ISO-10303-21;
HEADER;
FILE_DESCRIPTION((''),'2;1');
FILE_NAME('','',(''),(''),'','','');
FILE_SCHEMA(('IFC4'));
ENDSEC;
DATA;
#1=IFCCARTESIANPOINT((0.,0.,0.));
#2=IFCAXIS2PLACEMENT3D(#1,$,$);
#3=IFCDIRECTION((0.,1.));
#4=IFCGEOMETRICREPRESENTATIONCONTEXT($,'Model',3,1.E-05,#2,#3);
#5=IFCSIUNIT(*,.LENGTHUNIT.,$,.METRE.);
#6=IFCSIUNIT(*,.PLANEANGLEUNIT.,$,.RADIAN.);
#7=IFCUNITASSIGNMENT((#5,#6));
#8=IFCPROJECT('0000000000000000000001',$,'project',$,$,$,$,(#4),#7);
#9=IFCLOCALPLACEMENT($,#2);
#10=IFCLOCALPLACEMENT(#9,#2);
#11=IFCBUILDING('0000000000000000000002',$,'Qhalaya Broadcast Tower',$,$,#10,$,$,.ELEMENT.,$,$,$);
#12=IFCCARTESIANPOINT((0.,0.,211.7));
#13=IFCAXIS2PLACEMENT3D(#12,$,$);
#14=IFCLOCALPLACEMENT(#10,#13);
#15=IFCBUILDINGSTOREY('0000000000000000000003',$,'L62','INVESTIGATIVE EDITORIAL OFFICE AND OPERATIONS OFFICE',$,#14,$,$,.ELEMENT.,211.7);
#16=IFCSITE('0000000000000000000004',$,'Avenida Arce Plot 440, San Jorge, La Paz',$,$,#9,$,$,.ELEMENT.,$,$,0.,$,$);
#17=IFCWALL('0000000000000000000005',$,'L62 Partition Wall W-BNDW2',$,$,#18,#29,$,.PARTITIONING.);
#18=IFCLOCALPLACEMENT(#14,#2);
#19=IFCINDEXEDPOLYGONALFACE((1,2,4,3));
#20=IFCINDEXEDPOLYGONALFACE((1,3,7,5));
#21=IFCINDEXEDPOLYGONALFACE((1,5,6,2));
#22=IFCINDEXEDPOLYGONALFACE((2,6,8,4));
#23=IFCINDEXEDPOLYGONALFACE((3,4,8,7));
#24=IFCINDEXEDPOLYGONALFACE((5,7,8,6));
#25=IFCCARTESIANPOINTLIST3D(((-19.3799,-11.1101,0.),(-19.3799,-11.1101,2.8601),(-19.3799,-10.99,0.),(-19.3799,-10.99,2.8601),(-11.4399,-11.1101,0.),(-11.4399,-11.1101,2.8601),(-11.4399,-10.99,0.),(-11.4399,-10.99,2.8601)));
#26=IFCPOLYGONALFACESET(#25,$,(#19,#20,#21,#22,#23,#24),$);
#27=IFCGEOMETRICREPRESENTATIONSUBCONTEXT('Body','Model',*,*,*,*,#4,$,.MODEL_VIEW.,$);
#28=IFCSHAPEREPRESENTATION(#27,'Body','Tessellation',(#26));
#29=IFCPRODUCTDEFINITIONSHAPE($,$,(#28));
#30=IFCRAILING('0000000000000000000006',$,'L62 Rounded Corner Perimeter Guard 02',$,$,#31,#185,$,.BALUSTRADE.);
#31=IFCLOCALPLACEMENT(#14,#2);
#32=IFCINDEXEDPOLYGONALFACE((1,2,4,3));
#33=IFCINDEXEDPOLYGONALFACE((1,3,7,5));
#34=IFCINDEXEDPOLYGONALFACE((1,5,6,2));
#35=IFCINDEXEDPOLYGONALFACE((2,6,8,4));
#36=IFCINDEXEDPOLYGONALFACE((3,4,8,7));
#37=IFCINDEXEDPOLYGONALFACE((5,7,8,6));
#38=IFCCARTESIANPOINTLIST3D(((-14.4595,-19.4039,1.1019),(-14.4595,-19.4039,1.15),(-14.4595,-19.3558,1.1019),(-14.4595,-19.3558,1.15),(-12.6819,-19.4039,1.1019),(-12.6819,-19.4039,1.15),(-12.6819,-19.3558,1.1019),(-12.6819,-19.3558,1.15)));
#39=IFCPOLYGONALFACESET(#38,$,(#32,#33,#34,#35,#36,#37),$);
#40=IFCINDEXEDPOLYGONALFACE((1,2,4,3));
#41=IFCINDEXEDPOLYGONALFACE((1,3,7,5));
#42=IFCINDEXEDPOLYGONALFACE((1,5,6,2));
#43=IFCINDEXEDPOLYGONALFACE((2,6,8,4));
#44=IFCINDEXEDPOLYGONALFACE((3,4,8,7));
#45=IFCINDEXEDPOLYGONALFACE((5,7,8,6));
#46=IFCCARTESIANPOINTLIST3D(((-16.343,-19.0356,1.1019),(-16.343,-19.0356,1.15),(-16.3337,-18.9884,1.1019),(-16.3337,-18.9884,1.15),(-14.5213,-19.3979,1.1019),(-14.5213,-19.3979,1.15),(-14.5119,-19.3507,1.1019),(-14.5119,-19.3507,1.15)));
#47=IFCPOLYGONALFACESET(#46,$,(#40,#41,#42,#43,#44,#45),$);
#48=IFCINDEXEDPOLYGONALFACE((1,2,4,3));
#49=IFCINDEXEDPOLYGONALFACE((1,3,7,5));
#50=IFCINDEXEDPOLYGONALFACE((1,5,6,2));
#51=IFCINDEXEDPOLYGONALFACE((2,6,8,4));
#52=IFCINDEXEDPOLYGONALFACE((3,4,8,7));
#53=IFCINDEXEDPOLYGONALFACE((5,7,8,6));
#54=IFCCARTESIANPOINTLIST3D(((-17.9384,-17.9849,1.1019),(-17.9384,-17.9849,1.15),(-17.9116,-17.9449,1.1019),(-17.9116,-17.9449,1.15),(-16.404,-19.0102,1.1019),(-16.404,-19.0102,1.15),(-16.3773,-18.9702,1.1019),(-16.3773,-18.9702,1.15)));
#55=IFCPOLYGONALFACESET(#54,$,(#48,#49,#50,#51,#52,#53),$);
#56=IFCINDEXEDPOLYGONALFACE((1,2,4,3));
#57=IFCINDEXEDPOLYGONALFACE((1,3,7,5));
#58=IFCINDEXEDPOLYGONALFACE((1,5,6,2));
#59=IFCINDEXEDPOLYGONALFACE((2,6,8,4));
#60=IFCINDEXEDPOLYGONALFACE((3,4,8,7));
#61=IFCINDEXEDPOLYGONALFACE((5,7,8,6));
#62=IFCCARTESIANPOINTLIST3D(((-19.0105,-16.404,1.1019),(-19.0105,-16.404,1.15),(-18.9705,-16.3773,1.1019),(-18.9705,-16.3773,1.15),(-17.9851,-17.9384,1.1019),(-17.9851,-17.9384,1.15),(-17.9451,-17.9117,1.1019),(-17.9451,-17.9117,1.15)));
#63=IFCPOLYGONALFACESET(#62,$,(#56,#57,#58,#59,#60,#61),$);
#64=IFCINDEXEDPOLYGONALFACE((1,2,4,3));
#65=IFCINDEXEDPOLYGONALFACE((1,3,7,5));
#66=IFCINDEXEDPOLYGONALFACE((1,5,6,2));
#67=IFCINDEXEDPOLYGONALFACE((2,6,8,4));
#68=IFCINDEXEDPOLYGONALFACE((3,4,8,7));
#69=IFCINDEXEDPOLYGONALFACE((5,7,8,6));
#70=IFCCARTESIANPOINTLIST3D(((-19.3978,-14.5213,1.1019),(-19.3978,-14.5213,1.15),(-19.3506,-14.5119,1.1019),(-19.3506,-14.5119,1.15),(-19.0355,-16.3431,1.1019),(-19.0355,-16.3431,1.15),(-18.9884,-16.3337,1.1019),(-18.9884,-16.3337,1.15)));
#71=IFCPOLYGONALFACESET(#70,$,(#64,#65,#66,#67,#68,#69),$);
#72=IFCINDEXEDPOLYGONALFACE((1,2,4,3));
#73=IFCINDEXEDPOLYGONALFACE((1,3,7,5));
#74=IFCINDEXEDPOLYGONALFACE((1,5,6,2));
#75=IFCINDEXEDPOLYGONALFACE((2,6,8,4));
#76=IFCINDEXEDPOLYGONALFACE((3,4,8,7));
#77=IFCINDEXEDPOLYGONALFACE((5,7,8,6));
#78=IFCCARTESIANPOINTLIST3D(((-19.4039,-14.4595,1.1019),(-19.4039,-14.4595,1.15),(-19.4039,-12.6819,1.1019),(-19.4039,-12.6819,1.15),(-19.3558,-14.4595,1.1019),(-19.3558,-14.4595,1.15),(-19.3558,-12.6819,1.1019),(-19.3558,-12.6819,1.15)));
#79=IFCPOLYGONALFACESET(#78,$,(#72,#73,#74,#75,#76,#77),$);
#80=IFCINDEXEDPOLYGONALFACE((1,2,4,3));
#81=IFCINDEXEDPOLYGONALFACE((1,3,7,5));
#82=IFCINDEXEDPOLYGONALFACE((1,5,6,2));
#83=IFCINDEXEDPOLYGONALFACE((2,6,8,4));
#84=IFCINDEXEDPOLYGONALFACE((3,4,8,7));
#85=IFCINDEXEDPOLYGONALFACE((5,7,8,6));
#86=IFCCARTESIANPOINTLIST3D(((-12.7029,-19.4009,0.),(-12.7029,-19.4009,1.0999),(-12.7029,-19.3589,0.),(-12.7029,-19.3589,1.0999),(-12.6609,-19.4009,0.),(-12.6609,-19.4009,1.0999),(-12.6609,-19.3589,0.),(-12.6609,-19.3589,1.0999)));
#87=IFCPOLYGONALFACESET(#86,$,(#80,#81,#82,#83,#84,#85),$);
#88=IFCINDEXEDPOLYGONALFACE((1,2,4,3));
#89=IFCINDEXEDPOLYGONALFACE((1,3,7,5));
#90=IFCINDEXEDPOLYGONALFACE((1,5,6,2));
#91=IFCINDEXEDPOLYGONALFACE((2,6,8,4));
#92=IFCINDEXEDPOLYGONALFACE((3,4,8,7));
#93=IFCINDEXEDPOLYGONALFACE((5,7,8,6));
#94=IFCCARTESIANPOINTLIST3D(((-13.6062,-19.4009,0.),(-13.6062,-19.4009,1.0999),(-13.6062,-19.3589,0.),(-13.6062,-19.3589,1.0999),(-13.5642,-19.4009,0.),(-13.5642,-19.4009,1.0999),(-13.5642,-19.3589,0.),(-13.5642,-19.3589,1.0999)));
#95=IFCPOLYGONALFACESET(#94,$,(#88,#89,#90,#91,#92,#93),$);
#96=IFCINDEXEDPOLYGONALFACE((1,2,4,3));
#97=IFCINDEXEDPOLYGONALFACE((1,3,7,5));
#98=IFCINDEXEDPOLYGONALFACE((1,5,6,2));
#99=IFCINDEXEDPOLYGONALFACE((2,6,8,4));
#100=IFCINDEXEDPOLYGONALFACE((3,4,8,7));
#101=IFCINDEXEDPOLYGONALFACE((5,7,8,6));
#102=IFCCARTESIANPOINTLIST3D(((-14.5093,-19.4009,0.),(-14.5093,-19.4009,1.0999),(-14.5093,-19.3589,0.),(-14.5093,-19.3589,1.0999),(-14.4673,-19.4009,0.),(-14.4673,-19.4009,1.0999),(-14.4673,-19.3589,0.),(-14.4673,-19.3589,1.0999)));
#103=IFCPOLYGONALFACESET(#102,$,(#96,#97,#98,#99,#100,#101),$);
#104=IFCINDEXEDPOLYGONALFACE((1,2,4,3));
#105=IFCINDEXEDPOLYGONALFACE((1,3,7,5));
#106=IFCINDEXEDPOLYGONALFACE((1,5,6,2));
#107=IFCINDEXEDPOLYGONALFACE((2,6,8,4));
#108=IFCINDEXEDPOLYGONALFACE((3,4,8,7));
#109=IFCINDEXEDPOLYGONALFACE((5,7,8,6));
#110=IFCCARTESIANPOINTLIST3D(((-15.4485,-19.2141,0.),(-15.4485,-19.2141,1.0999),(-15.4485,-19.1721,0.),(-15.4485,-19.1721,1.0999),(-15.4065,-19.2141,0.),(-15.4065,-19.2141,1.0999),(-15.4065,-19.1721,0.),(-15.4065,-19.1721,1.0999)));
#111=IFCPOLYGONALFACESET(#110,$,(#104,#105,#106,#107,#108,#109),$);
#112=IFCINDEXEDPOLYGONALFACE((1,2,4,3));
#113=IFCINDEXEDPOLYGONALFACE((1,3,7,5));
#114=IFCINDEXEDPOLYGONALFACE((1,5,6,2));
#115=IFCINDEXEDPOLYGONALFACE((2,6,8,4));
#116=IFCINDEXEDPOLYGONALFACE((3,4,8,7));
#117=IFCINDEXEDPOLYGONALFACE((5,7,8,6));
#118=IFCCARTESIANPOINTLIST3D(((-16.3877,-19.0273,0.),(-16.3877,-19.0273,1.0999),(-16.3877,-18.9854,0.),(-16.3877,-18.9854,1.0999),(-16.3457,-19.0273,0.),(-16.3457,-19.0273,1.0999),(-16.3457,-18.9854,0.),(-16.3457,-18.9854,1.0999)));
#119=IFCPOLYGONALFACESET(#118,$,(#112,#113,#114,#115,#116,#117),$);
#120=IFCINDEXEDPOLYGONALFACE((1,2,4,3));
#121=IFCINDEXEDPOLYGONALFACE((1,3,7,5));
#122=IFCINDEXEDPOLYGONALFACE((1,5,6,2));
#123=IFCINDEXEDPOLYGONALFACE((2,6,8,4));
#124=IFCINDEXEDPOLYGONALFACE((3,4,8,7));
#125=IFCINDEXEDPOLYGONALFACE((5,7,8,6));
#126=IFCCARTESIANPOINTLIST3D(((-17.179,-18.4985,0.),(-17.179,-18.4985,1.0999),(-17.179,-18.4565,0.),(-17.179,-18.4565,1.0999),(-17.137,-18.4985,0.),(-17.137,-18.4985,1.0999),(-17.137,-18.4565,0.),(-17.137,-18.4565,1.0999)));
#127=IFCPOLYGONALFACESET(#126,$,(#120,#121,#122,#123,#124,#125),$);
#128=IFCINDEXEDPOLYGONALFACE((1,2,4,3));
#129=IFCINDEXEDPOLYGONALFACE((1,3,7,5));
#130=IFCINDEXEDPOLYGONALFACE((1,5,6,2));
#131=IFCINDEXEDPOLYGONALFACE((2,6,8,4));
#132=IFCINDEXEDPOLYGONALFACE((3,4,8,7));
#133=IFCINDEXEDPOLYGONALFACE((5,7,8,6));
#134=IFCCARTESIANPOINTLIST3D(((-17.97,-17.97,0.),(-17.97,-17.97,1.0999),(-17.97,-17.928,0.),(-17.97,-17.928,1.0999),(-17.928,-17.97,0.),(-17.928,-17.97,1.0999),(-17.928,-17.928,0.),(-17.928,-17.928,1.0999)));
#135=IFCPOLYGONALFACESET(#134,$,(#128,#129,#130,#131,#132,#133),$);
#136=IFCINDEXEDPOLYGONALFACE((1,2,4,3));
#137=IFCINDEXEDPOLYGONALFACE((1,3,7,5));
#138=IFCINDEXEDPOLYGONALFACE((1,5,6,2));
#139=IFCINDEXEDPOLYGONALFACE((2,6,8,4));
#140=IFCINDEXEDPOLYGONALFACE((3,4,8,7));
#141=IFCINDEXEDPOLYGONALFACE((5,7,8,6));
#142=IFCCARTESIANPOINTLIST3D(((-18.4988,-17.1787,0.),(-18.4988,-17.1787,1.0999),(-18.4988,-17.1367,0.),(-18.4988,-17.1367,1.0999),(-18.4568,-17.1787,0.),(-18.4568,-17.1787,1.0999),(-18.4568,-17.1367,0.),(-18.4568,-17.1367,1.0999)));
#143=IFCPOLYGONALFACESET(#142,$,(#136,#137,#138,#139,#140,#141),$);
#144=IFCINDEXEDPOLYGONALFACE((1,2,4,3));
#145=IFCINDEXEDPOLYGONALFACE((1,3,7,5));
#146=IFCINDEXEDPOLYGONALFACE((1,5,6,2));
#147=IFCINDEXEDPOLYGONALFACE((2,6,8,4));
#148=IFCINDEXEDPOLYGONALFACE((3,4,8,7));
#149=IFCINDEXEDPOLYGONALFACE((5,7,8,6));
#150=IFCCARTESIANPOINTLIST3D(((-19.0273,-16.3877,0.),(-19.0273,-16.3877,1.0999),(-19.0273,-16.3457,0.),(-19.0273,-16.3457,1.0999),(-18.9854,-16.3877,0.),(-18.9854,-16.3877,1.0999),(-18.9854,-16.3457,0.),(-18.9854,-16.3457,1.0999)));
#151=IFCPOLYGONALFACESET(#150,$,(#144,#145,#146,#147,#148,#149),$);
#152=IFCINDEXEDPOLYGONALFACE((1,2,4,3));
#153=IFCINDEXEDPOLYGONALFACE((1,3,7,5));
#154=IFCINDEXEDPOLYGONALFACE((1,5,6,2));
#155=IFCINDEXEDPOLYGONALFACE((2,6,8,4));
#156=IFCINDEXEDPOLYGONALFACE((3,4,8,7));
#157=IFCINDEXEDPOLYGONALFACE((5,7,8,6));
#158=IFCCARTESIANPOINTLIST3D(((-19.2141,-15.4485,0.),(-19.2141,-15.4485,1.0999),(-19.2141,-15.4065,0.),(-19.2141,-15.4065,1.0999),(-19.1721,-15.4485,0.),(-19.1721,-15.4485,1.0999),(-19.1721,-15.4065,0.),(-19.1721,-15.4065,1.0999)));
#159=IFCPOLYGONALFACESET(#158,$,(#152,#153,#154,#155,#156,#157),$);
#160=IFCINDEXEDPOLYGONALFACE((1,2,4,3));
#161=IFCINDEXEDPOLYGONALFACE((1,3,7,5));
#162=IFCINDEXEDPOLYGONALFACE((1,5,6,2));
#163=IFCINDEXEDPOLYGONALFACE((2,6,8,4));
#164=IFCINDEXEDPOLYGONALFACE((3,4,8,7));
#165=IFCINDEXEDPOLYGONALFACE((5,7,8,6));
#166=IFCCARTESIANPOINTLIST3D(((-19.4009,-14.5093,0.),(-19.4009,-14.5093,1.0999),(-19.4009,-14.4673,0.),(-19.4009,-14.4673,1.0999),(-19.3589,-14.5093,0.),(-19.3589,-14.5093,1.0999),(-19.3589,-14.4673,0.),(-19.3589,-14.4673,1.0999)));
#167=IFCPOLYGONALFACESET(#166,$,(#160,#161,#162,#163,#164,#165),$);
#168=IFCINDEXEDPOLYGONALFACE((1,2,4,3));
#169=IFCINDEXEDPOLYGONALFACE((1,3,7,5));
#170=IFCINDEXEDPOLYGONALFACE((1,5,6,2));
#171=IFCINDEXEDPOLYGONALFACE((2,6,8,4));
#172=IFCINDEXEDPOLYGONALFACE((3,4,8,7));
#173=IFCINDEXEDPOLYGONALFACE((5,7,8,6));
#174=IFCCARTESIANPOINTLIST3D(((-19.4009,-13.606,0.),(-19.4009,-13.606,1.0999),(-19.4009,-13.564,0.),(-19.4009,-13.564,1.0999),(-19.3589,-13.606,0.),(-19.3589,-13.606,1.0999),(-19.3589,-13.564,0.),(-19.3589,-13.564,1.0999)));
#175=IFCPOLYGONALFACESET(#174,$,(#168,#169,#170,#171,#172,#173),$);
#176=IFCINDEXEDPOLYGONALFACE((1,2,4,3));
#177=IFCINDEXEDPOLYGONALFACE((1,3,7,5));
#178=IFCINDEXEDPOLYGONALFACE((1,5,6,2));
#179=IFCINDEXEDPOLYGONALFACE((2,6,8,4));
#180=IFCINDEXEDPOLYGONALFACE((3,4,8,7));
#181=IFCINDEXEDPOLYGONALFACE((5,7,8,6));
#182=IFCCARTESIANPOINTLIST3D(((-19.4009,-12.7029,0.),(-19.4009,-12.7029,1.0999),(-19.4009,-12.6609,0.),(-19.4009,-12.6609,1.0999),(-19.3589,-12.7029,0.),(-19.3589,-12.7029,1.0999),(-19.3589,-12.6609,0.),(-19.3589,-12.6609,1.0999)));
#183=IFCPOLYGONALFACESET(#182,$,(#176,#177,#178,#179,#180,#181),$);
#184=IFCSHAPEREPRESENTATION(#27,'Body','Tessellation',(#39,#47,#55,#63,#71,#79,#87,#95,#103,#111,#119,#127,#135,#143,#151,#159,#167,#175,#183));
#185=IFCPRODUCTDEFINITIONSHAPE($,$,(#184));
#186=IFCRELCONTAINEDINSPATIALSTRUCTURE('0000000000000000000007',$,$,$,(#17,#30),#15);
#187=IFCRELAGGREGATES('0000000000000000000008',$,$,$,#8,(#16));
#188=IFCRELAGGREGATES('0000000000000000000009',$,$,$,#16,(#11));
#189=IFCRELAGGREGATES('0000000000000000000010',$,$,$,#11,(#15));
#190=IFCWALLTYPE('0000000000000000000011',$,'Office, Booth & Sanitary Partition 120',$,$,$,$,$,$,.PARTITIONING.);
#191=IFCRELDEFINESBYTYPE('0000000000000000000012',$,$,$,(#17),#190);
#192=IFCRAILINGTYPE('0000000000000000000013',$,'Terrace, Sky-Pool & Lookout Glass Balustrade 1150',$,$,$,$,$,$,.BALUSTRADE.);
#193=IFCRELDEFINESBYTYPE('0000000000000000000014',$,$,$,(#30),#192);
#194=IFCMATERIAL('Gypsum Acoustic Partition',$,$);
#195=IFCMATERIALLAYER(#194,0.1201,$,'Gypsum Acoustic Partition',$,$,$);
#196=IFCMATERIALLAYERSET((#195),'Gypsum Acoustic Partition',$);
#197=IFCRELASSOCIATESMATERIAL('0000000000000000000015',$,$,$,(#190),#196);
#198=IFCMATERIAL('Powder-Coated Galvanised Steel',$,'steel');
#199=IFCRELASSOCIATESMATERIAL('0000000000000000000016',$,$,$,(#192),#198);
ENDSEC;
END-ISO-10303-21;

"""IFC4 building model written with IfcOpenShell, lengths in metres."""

from ifc_helpers import new_model, si_unit, direction, frame, frame_2d, origin, origin_2d, place, context, subcontext, project, spatial, rectangle, extrude, material, layer, layer_set, type_object, element, save


model = new_model("IFC4")

# Units and contexts
model_context = context("Model", 3, precision=1e-05, world=origin(), true_north=direction((0.0, 1.0)))
body_context = subcontext(model_context, "Body", "Model", "MODEL_VIEW")
ifc_project = project(units=[si_unit("LENGTHUNIT", "METRE"), si_unit("PLANEANGLEUNIT", "RADIAN")], contexts=[model_context])

# Site, building, storey
site_placement = place(None, origin())
site = spatial("IfcSite", under=ifc_project, at=site_placement, Name="Avenida Arce Plot 440, San Jorge, La Paz", CompositionType="ELEMENT", RefElevation=0.0)
building_placement = place(site_placement, origin())
building = spatial("IfcBuilding", under=site, at=building_placement, Name="Qhalaya Broadcast Tower", CompositionType="ELEMENT")
storey_placement = place(building_placement, frame((0.0, 0.0, 211.7)))
storey = spatial("IfcBuildingStorey", under=building, at=storey_placement, Name="L62", Description="INVESTIGATIVE EDITORIAL OFFICE AND OPERATIONS OFFICE", CompositionType="ELEMENT", Elevation=211.7)

# Shared definitions
ifc_material_1 = material(Name="Gypsum Acoustic Partition")

# Wall
ifc_layer_1 = layer(ifc_material_1, 0.1201, Name="Gypsum Acoustic Partition")
ifc_layer_set_1 = layer_set([ifc_layer_1], Name="Gypsum Acoustic Partition")
wall_type_1 = type_object("IfcWallType", Name="Office, Booth & Sanitary Partition 120", PredefinedType="PARTITIONING", material=ifc_layer_set_1)
wall_1_placement = place(storey_placement, frame((-19.3799, -11.05, 0.0), z_axis=(0.0, 0.0, 1.0), x_axis=(1.0, 0.0, 0.0)))
element("IfcWall", 1, at=wall_1_placement, inside=storey, type_object=wall_type_1, Name="L62 Partition Wall W-BNDW2", PredefinedType="PARTITIONING", context=body_context, shape_type="SweptSolid", body=[
    extrude(rectangle(XDim=7.9399, YDim=0.1201, at=frame_2d((3.97, 0.0))), origin(), (0.0, 0.0, 1.0), 2.8601),
])

# Railing
ifc_material_2 = material(Name="Powder-Coated Galvanised Steel", Category="steel")
railing_type = type_object("IfcRailingType", Name="Terrace, Sky-Pool & Lookout Glass Balustrade 1150", PredefinedType="BALUSTRADE", material=ifc_material_2)
railing_placement = place(storey_placement, frame((-12.6819, -19.3799, 0.0)))
element("IfcRailing", 2, at=railing_placement, inside=storey, type_object=railing_type, Name="L62 Rounded Corner Perimeter Guard 02", PredefinedType="BALUSTRADE", context=body_context, shape_type="SweptSolid", body=[
    extrude(rectangle(XDim=0.0481, YDim=0.0481, at=origin_2d()), frame((0.0, 0.0, 1.126), z_axis=(-1.0, 0.0, 0.0), x_axis=(0.0, -1.0, 0.0)), (0.0, 0.0, 1.0), 1.7776),
    extrude(rectangle(XDim=0.0481, YDim=0.0481, at=origin_2d()), frame((-1.8347, 0.0056, 1.126), z_axis=(-0.980796, 0.195037, 0.0), x_axis=(-0.195037, -0.980796, 0.0)), (0.0, 0.0, 1.0), 1.8574),
    extrude(rectangle(XDim=0.0481, YDim=0.0481, at=origin_2d()), frame((-3.7087, 0.3896, 1.126), z_axis=(-0.831438, 0.555618, 0.0), x_axis=(-0.555618, -0.831438, 0.0)), (0.0, 0.0, 1.0), 1.8455),
    extrude(rectangle(XDim=0.0481, YDim=0.0481, at=origin_2d()), frame((-5.2832, 1.4548, 1.126), z_axis=(-0.555618, 0.831438, 0.0), x_axis=(-0.831438, -0.555618, 0.0)), (0.0, 0.0, 1.0), 1.8455),
    extrude(rectangle(XDim=0.0481, YDim=0.0481, at=origin_2d()), frame((-6.3301, 3.0415, 1.126), z_axis=(-0.195037, 0.980796, 0.0), x_axis=(-0.980796, -0.195037, 0.0)), (0.0, 0.0, 1.0), 1.8574),
    extrude(rectangle(XDim=0.0481, YDim=0.0481, at=origin_2d()), frame((-6.698, 4.9204, 1.126), z_axis=(0.0, 1.0, 0.0), x_axis=(-1.0, 0.0, 0.0)), (0.0, 0.0, 1.0), 1.7776),
    extrude(rectangle(XDim=0.042, YDim=0.042, at=origin_2d()), origin(), (0.0, 0.0, 1.0), 1.0999),
    extrude(rectangle(XDim=0.042, YDim=0.042, at=origin_2d()), frame((-0.9033, 0.0, 0.0)), (0.0, 0.0, 1.0), 1.0999),
    extrude(rectangle(XDim=0.042, YDim=0.042, at=origin_2d()), frame((-1.8064, 0.0, 0.0)), (0.0, 0.0, 1.0), 1.0999),
    extrude(rectangle(XDim=0.042, YDim=0.042, at=origin_2d()), frame((-2.7456, 0.1868, 0.0)), (0.0, 0.0, 1.0), 1.0999),
    extrude(rectangle(XDim=0.042, YDim=0.042, at=origin_2d()), frame((-3.6848, 0.3735, 0.0)), (0.0, 0.0, 1.0), 1.0999),
    extrude(rectangle(XDim=0.042, YDim=0.042, at=origin_2d()), frame((-4.4761, 0.9023, 0.0)), (0.0, 0.0, 1.0), 1.0999),
    extrude(rectangle(XDim=0.042, YDim=0.042, at=origin_2d()), frame((-5.2671, 1.4309, 0.0)), (0.0, 0.0, 1.0), 1.0999),
    extrude(rectangle(XDim=0.042, YDim=0.042, at=origin_2d()), frame((-5.7959, 2.2222, 0.0)), (0.0, 0.0, 1.0), 1.0999),
    extrude(rectangle(XDim=0.042, YDim=0.042, at=origin_2d()), frame((-6.3245, 3.0132, 0.0)), (0.0, 0.0, 1.0), 1.0999),
    extrude(rectangle(XDim=0.042, YDim=0.042, at=origin_2d()), frame((-6.5112, 3.9524, 0.0)), (0.0, 0.0, 1.0), 1.0999),
    extrude(rectangle(XDim=0.042, YDim=0.042, at=origin_2d()), frame((-6.698, 4.8916, 0.0)), (0.0, 0.0, 1.0), 1.0999),
    extrude(rectangle(XDim=0.042, YDim=0.042, at=origin_2d()), frame((-6.698, 5.7949, 0.0)), (0.0, 0.0, 1.0), 1.0999),
    extrude(rectangle(XDim=0.042, YDim=0.042, at=origin_2d()), frame((-6.698, 6.698, 0.0)), (0.0, 0.0, 1.0), 1.0999),
])

save(model, "model.ifc")
